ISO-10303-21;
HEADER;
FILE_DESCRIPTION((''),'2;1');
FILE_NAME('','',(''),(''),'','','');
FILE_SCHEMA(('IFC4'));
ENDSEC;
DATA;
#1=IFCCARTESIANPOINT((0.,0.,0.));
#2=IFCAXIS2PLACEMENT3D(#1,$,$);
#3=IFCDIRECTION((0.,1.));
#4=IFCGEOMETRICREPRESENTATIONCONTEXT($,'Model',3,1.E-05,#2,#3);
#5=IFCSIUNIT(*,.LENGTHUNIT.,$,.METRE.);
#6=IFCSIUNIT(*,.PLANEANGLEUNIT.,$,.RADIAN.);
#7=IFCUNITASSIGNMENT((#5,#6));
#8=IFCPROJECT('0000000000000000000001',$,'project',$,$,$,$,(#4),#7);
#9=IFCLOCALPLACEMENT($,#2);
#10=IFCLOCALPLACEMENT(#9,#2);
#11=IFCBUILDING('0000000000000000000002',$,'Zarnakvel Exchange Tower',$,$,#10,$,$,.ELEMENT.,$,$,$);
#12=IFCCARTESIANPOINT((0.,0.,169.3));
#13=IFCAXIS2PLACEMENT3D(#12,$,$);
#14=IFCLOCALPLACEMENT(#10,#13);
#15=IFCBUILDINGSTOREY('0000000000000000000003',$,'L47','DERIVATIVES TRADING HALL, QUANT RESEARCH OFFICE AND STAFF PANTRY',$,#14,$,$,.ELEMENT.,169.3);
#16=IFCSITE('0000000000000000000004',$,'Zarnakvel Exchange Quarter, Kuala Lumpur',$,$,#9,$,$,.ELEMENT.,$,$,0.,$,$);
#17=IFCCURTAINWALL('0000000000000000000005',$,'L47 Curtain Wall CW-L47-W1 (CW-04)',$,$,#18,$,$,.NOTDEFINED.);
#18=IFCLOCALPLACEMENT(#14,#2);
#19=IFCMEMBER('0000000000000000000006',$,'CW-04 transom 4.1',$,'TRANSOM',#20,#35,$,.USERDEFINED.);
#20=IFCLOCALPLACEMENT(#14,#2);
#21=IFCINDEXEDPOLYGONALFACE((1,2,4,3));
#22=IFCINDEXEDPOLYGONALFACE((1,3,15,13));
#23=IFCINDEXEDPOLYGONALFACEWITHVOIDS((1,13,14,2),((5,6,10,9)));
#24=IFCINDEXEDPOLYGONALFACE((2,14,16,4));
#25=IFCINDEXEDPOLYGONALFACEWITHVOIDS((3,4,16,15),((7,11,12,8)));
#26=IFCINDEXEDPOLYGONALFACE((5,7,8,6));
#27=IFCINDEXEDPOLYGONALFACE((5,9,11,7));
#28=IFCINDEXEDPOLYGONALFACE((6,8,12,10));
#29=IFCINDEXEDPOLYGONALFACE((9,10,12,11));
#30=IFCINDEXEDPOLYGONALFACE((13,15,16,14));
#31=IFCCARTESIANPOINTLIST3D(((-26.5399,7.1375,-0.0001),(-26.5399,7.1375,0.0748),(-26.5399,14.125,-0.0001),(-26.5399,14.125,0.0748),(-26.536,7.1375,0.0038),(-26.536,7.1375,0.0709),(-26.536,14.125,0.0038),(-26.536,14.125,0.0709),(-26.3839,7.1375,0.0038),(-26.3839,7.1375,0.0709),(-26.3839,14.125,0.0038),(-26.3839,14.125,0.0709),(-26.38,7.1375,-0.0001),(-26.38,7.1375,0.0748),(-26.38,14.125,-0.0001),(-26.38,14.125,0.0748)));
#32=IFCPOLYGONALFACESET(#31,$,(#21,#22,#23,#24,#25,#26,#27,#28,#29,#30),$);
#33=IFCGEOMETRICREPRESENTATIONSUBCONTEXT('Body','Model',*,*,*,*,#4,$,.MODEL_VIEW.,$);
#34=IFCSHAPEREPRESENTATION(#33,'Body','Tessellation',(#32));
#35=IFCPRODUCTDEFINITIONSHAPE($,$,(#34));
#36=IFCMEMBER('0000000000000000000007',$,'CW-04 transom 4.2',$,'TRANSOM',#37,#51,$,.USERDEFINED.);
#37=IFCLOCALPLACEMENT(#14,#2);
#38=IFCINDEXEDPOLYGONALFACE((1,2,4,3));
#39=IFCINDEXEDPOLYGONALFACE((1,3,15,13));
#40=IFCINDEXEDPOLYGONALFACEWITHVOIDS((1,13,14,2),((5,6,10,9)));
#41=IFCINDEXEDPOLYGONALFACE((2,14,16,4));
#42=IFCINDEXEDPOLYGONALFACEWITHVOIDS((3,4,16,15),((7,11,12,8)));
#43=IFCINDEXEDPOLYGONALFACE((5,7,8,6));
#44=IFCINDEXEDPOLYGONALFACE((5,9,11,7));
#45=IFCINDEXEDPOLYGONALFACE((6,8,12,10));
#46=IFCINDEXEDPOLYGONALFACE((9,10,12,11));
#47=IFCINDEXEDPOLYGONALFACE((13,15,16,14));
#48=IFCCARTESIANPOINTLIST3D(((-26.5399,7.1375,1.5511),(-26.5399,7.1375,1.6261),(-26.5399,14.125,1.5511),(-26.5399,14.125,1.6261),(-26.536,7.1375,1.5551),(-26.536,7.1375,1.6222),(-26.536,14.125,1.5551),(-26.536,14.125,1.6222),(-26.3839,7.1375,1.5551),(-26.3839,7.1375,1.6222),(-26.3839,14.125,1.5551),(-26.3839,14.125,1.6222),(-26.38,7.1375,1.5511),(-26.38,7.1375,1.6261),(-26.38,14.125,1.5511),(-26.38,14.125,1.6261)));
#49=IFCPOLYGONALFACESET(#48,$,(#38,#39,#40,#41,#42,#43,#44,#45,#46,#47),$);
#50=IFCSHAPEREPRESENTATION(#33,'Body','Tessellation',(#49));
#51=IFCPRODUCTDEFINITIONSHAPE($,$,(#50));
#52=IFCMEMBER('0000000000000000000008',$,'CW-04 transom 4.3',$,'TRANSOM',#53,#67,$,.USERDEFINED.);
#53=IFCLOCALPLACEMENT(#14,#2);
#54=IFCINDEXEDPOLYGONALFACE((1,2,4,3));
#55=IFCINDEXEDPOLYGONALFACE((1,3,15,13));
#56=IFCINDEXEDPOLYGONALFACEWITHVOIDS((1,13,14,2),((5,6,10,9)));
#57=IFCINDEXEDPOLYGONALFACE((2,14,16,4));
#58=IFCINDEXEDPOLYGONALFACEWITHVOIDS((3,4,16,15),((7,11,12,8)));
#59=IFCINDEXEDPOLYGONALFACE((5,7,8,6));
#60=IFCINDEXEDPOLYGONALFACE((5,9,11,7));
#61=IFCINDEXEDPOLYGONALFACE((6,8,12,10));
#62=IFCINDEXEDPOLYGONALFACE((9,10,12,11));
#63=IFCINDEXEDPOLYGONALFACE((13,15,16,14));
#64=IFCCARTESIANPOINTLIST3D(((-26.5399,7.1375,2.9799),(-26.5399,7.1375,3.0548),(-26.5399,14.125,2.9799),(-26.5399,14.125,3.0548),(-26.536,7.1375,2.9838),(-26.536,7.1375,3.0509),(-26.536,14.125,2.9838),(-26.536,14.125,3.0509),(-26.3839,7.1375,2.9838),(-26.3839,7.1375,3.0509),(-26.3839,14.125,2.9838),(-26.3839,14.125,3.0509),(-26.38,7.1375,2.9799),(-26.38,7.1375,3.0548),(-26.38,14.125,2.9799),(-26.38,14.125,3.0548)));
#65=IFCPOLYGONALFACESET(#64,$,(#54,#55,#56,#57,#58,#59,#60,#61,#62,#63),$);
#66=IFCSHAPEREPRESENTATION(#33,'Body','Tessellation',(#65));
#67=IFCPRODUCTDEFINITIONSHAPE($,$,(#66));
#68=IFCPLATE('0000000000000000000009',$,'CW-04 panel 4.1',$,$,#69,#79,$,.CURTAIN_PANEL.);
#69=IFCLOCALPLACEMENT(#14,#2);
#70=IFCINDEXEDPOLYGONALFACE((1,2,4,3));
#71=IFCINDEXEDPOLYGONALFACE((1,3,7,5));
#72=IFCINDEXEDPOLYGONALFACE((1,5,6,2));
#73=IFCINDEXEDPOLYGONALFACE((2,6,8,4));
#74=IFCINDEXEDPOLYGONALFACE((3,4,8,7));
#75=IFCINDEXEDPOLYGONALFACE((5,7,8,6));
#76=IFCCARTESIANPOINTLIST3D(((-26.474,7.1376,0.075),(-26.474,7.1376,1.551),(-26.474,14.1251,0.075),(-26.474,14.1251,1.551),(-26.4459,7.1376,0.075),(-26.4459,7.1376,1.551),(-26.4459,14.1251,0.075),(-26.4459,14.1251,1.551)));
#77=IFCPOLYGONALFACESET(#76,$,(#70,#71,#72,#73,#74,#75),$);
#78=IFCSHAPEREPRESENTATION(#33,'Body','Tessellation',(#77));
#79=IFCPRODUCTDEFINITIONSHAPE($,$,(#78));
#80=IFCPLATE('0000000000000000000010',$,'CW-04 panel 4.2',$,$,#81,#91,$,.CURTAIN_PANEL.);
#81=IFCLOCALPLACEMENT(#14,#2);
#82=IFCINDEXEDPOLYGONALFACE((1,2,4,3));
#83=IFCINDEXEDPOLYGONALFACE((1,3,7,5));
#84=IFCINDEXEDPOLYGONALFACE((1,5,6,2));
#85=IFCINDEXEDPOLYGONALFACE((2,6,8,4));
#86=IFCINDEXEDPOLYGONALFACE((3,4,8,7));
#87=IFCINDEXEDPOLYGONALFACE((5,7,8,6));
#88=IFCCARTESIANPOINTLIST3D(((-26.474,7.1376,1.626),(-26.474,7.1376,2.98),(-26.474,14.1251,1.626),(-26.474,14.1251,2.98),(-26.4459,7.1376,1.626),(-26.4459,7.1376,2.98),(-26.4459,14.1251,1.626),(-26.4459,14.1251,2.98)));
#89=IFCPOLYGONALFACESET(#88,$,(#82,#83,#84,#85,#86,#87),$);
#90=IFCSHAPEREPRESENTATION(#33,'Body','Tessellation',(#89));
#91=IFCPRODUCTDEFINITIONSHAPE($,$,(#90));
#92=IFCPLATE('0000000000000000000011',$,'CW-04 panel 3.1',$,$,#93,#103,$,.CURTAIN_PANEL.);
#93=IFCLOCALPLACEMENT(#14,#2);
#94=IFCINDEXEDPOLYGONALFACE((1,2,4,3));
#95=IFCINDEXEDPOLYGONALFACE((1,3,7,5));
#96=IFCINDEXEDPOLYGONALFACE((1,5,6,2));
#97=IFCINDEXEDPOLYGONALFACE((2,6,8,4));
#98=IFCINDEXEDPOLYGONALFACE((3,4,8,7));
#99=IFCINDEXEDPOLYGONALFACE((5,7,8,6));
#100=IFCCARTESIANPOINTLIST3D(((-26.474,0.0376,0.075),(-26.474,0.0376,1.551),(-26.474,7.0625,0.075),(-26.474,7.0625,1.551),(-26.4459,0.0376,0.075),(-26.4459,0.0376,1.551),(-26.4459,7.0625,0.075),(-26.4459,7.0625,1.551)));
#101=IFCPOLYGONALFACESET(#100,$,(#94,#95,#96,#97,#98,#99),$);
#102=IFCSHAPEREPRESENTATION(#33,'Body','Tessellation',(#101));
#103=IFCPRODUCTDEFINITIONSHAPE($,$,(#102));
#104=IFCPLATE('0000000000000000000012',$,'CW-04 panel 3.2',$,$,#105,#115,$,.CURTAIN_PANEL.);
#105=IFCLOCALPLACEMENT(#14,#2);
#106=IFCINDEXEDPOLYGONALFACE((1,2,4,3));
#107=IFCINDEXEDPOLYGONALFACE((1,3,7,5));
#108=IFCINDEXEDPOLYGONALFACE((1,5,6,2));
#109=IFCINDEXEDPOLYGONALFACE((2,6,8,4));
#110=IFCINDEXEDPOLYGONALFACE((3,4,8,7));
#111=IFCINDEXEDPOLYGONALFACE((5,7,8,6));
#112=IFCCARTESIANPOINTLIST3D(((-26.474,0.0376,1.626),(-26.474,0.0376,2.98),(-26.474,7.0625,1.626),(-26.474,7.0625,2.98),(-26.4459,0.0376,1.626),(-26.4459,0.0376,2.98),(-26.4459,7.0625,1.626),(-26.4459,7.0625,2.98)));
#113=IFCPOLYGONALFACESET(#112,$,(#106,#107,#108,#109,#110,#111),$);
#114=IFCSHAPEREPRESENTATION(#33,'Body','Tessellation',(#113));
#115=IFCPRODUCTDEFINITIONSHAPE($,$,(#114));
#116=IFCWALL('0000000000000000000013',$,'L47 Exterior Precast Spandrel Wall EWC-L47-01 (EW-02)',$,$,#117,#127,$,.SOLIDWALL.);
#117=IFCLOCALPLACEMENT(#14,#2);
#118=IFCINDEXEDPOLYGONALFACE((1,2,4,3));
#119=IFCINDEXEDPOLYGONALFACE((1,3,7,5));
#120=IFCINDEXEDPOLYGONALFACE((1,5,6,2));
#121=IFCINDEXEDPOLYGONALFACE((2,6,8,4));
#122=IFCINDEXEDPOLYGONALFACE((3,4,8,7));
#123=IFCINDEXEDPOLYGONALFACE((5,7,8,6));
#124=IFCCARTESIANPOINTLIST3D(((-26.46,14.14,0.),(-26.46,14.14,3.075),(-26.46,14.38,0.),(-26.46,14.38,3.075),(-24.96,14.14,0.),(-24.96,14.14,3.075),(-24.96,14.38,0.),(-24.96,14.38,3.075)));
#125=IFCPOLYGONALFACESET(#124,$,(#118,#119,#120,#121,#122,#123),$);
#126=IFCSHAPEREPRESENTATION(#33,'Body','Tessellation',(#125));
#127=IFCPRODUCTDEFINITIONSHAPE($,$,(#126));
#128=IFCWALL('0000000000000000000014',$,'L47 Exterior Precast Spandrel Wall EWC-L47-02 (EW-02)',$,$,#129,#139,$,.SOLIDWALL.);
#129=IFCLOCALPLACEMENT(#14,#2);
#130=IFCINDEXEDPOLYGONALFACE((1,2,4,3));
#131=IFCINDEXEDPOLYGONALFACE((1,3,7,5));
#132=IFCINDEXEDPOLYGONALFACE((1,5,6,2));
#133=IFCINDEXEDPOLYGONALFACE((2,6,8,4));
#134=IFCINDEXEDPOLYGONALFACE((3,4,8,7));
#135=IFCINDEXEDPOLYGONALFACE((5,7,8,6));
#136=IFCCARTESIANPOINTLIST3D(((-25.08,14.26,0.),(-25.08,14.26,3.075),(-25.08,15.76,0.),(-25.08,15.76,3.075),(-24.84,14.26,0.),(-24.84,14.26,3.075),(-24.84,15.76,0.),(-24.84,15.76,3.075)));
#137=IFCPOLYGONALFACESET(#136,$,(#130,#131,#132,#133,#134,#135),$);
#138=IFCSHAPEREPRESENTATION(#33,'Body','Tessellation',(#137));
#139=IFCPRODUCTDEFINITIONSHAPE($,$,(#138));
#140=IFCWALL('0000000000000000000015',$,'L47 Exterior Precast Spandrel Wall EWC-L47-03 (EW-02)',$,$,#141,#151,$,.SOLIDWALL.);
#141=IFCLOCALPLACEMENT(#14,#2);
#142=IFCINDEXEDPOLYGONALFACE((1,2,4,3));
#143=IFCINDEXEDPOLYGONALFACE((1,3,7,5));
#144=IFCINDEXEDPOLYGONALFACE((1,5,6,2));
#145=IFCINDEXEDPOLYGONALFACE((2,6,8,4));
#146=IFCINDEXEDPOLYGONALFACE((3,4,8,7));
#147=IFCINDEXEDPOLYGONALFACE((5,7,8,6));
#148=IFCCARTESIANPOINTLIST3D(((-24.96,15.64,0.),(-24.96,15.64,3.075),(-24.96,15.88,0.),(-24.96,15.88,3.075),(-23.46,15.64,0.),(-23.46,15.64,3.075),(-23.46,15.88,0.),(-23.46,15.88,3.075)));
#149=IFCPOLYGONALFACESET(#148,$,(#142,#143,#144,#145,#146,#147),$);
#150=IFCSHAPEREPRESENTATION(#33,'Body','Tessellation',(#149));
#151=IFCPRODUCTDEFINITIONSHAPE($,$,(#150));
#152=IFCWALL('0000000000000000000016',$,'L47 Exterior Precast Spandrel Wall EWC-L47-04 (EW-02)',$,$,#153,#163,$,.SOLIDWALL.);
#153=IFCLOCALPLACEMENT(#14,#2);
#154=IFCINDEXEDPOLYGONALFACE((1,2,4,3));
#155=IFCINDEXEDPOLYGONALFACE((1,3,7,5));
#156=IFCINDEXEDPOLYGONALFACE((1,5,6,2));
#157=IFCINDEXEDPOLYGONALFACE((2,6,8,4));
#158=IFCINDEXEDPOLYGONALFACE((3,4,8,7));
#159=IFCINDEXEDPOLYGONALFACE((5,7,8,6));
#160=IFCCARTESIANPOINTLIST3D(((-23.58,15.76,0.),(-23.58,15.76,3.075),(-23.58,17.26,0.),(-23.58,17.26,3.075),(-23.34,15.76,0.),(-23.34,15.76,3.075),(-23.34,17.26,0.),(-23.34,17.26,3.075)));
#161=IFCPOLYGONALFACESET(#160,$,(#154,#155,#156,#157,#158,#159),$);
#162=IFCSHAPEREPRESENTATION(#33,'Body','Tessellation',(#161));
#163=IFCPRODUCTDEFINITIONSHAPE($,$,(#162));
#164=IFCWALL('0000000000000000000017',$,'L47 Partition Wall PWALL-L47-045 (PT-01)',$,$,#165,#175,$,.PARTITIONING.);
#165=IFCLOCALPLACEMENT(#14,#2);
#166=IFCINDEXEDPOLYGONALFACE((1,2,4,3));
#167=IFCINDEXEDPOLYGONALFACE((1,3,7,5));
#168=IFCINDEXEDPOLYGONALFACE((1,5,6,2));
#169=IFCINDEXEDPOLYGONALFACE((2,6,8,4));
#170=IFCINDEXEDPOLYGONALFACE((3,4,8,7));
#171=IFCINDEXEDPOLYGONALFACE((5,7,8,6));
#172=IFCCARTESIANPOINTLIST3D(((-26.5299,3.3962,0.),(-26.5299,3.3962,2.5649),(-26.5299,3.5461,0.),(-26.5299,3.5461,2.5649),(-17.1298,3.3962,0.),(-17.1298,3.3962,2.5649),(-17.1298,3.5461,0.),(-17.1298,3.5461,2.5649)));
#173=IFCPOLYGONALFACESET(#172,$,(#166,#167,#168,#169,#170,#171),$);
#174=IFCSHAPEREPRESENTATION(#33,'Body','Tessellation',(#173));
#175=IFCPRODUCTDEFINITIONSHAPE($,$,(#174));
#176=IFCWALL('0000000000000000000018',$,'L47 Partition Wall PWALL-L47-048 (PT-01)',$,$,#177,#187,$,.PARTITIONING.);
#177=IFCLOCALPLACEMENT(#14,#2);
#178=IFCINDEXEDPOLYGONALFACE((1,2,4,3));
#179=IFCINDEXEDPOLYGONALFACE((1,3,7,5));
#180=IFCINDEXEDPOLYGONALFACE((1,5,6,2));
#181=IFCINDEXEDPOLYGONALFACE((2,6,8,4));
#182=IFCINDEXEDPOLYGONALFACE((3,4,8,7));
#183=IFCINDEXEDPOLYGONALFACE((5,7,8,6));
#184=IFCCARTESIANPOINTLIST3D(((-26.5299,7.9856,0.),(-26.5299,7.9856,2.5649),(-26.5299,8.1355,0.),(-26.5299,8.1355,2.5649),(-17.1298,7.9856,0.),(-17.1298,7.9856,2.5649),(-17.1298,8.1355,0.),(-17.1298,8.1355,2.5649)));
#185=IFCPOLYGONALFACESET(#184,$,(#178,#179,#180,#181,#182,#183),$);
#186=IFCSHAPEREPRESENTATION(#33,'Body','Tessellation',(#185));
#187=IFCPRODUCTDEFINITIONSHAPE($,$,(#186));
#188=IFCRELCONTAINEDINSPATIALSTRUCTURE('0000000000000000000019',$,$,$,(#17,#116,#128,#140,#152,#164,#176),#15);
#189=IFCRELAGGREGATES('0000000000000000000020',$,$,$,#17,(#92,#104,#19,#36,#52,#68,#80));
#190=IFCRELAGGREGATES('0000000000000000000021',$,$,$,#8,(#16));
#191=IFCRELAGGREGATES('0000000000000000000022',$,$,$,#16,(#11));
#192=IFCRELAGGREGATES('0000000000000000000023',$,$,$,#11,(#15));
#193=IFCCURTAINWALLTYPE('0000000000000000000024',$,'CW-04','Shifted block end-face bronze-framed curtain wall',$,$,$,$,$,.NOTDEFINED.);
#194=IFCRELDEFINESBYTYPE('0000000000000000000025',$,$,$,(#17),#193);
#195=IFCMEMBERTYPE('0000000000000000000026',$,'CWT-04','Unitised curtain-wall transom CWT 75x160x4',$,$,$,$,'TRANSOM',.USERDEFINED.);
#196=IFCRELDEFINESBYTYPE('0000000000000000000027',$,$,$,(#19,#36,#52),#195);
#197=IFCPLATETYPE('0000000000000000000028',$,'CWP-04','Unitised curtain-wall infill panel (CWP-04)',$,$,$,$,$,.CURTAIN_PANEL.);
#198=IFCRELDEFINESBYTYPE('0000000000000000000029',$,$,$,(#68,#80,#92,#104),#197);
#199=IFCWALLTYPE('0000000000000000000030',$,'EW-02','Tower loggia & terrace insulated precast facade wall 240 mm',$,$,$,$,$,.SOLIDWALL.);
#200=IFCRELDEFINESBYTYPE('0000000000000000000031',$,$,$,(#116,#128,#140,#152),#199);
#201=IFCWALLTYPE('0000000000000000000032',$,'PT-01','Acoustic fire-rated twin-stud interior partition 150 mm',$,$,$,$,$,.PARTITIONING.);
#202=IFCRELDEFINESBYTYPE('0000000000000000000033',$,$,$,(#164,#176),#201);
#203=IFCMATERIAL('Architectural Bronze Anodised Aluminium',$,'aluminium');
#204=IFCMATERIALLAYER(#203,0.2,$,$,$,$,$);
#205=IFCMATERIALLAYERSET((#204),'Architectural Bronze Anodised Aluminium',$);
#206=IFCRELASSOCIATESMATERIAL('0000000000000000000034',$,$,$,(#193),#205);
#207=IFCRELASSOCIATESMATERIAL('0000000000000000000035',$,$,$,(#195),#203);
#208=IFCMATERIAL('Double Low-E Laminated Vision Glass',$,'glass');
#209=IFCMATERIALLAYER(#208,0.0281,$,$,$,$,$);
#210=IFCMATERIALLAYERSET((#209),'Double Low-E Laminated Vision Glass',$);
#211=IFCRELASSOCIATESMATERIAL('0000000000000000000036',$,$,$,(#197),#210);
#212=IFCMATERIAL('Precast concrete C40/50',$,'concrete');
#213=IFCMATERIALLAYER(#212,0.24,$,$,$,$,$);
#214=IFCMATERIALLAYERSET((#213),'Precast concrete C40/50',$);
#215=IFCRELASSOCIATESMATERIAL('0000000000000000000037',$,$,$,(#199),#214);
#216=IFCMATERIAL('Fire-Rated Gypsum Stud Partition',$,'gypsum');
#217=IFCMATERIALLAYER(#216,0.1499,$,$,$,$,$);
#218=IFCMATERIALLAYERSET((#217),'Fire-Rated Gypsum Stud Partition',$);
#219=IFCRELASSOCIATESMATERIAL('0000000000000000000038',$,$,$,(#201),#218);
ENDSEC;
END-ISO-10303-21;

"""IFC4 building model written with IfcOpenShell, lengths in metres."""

from ifc_helpers import new_model, si_unit, direction, frame, frame_2d, origin, origin_2d, place, context, subcontext, project, spatial, rectangle, hollow_rectangle, extrude, source, transform, mapped, material, layer, layer_set, material_profile, profile_set, type_object, element, aggregate, save


model = new_model("IFC4")

# Units and contexts
model_context = context("Model", 3, precision=1e-05, world=origin(), true_north=direction((0.0, 1.0)))
body_context = subcontext(model_context, "Body", "Model", "MODEL_VIEW")
ifc_project = project(units=[si_unit("LENGTHUNIT", "METRE"), si_unit("PLANEANGLEUNIT", "RADIAN")], contexts=[model_context])

# Site, building, storey
site_placement = place(None, origin())
site = spatial("IfcSite", under=ifc_project, at=site_placement, Name="Zarnakvel Exchange Quarter, Kuala Lumpur", CompositionType="ELEMENT", RefElevation=0.0)
building_placement = place(site_placement, origin())
building = spatial("IfcBuilding", under=site, at=building_placement, Name="Zarnakvel Exchange Tower", CompositionType="ELEMENT")
storey_placement = place(building_placement, frame((0.0, 0.0, 169.3)))
storey = spatial("IfcBuildingStorey", under=building, at=storey_placement, Name="L47", Description="DERIVATIVES TRADING HALL, QUANT RESEARCH OFFICE AND STAFF PANTRY", CompositionType="ELEMENT", Elevation=169.3)

# Curtain wall
ifc_material_1 = material(Name="Architectural Bronze Anodised Aluminium", Category="aluminium")
ifc_layer_1 = layer(ifc_material_1, 0.2)
ifc_layer_set_1 = layer_set([ifc_layer_1], Name="Architectural Bronze Anodised Aluminium")
curtain_wall_type_1 = type_object("IfcCurtainWallType", Name="CW-04", Description="Shifted block end-face bronze-framed curtain wall", PredefinedType="NOTDEFINED", material=ifc_layer_set_1)
curtain_wall_1_placement = place(storey_placement, origin())
curtain_wall_1 = element("IfcCurtainWall", 1, at=curtain_wall_1_placement, inside=storey, type_object=curtain_wall_type_1, Name="L47 Curtain Wall CW-L47-W1 (CW-04)", PredefinedType="NOTDEFINED")

# Members
ifc_material_profile_1 = material_profile(ifc_material_1, hollow_rectangle(XDim=0.1599, YDim=0.075, WallThickness=0.0039, at=origin_2d()))
ifc_profile_set_1 = profile_set([ifc_material_profile_1], Name="Architectural Bronze Anodised Aluminium")
member_type_1 = type_object("IfcMemberType", Name="CWT-04", Description="Unitised curtain-wall transom CWT 75x160x4", ElementType="TRANSOM", PredefinedType="USERDEFINED", material=ifc_profile_set_1)
shared_shape_1 = source(origin(), body_context, "Body", "SweptSolid", [
    extrude(hollow_rectangle(XDim=0.1599, YDim=0.075, WallThickness=0.0039, at=origin_2d()), origin(), (0.0, 0.0, 1.0), 6.9875),
])
member_1_placement = place(storey_placement, frame((-26.46, 7.1375, 0.0374), z_axis=(0.0, 1.0, 0.0), x_axis=(-1.0, 0.0, 0.0)))
member_1 = element("IfcMember", 2, at=member_1_placement, type_object=member_type_1, Name="CW-04 transom 4.1", ObjectType="TRANSOM", PredefinedType="USERDEFINED", context=body_context, shape_type="MappedRepresentation", body=[
    mapped(shared_shape_1, transform((0.0, 0.0, 0.0), x_axis=(1.0, 0.0, 0.0), y_axis=(0.0, 1.0, 0.0), z_axis=(0.0, 0.0, 1.0), scale=1.0)),
])
member_2_placement = place(storey_placement, frame((-26.46, 7.1375, 1.5886), z_axis=(0.0, 1.0, 0.0), x_axis=(-1.0, 0.0, 0.0)))
member_2 = element("IfcMember", 3, at=member_2_placement, type_object=member_type_1, Name="CW-04 transom 4.2", ObjectType="TRANSOM", PredefinedType="USERDEFINED", context=body_context, shape_type="MappedRepresentation", body=[
    mapped(shared_shape_1, transform((0.0, 0.0, 0.0), x_axis=(1.0, 0.0, 0.0), y_axis=(0.0, 1.0, 0.0), z_axis=(0.0, 0.0, 1.0), scale=1.0)),
])
member_3_placement = place(storey_placement, frame((-26.46, 7.1375, 3.0173), z_axis=(0.0, 1.0, 0.0), x_axis=(-1.0, 0.0, 0.0)))
member_3 = element("IfcMember", 4, at=member_3_placement, type_object=member_type_1, Name="CW-04 transom 4.3", ObjectType="TRANSOM", PredefinedType="USERDEFINED", context=body_context, shape_type="MappedRepresentation", body=[
    mapped(shared_shape_1, transform((0.0, 0.0, 0.0), x_axis=(1.0, 0.0, 0.0), y_axis=(0.0, 1.0, 0.0), z_axis=(0.0, 0.0, 1.0), scale=1.0)),
])

# Plates
ifc_material_2 = material(Name="Double Low-E Laminated Vision Glass", Category="glass")
ifc_layer_2 = layer(ifc_material_2, 0.0281)
ifc_layer_set_2 = layer_set([ifc_layer_2], Name="Double Low-E Laminated Vision Glass")
plate_type = type_object("IfcPlateType", Name="CWP-04", Description="Unitised curtain-wall infill panel (CWP-04)", PredefinedType="CURTAIN_PANEL", material=ifc_layer_set_2)
shared_shape_2 = source(origin(), body_context, "Body", "SweptSolid", [
    extrude(rectangle(XDim=6.9875, YDim=0.0281, at=origin_2d()), origin(), (0.0, 0.0, 1.0), 1.4761),
])
plate_1_placement = place(storey_placement, frame((-26.46, 10.6313, 0.075), z_axis=(0.0, 0.0, 1.0), x_axis=(0.0, 1.0, 0.0)))
plate_1 = element("IfcPlate", 5, at=plate_1_placement, type_object=plate_type, Name="CW-04 panel 4.1", PredefinedType="CURTAIN_PANEL", context=body_context, shape_type="MappedRepresentation", body=[
    mapped(shared_shape_2, transform((0.0, 0.0, 0.0), x_axis=(1.0, 0.0, 0.0), y_axis=(0.0, 1.0, 0.0), z_axis=(0.0, 0.0, 1.0), scale=1.0)),
])
shared_shape_3 = source(origin(), body_context, "Body", "SweptSolid", [
    extrude(rectangle(XDim=6.9875, YDim=0.0281, at=origin_2d()), origin(), (0.0, 0.0, 1.0), 1.354),
])
plate_2_placement = place(storey_placement, frame((-26.46, 10.6313, 1.626), z_axis=(0.0, 0.0, 1.0), x_axis=(0.0, 1.0, 0.0)))
plate_2 = element("IfcPlate", 6, at=plate_2_placement, type_object=plate_type, Name="CW-04 panel 4.2", PredefinedType="CURTAIN_PANEL", context=body_context, shape_type="MappedRepresentation", body=[
    mapped(shared_shape_3, transform((0.0, 0.0, 0.0), x_axis=(1.0, 0.0, 0.0), y_axis=(0.0, 1.0, 0.0), z_axis=(0.0, 0.0, 1.0), scale=1.0)),
])
shared_shape_4 = source(origin(), body_context, "Body", "SweptSolid", [
    extrude(rectangle(XDim=7.0249, YDim=0.0281, at=origin_2d()), origin(), (0.0, 0.0, 1.0), 1.4761),
])
plate_3_placement = place(storey_placement, frame((-26.46, 3.55, 0.075), z_axis=(0.0, 0.0, 1.0), x_axis=(0.0, 1.0, 0.0)))
plate_3 = element("IfcPlate", 7, at=plate_3_placement, type_object=plate_type, Name="CW-04 panel 3.1", PredefinedType="CURTAIN_PANEL", context=body_context, shape_type="MappedRepresentation", body=[
    mapped(shared_shape_4, transform((0.0, 0.0, 0.0), x_axis=(1.0, 0.0, 0.0), y_axis=(0.0, 1.0, 0.0), z_axis=(0.0, 0.0, 1.0), scale=1.0)),
])
shared_shape_5 = source(origin(), body_context, "Body", "SweptSolid", [
    extrude(rectangle(XDim=7.0249, YDim=0.0281, at=origin_2d()), origin(), (0.0, 0.0, 1.0), 1.354),
])
plate_4_placement = place(storey_placement, frame((-26.46, 3.55, 1.626), z_axis=(0.0, 0.0, 1.0), x_axis=(0.0, 1.0, 0.0)))
plate_4 = element("IfcPlate", 8, at=plate_4_placement, type_object=plate_type, Name="CW-04 panel 3.2", PredefinedType="CURTAIN_PANEL", context=body_context, shape_type="MappedRepresentation", body=[
    mapped(shared_shape_5, transform((0.0, 0.0, 0.0), x_axis=(1.0, 0.0, 0.0), y_axis=(0.0, 1.0, 0.0), z_axis=(0.0, 0.0, 1.0), scale=1.0)),
])
aggregate(curtain_wall_1, [plate_3, plate_4, member_1, member_2, member_3, plate_1, plate_2])

# Walls
ifc_material_3 = material(Name="Precast concrete C40/50", Category="concrete")
ifc_layer_3 = layer(ifc_material_3, 0.24)
ifc_layer_set_3 = layer_set([ifc_layer_3], Name="Precast concrete C40/50")
wall_type_1 = type_object("IfcWallType", Name="EW-02", Description="Tower loggia & terrace insulated precast facade wall 240 mm", PredefinedType="SOLIDWALL", material=ifc_layer_set_3)
for number, where, z_axis, x_axis, name in (
    (9, (-24.96, 14.26, 0.0), (0.0, 0.0, 1.0), (-1.0, 0.0, 0.0), "L47 Exterior Precast Spandrel Wall EWC-L47-01 (EW-02)"),
    (10, (-24.96, 15.76, 0.0), (0.0, 0.0, 1.0), (0.0, -1.0, 0.0), "L47 Exterior Precast Spandrel Wall EWC-L47-02 (EW-02)"),
    (11, (-23.46, 15.76, 0.0), (0.0, 0.0, 1.0), (-1.0, 0.0, 0.0), "L47 Exterior Precast Spandrel Wall EWC-L47-03 (EW-02)"),
    (12, (-23.46, 17.26, 0.0), (0.0, 0.0, 1.0), (0.0, -1.0, 0.0), "L47 Exterior Precast Spandrel Wall EWC-L47-04 (EW-02)"),
):
    element("IfcWall", number, at=place(storey_placement, frame(where, z_axis=z_axis, x_axis=x_axis)), inside=storey, type_object=wall_type_1, Name=name, PredefinedType="SOLIDWALL", context=body_context, shape_type="SweptSolid", body=[
        extrude(rectangle(XDim=1.5, YDim=0.24, at=frame_2d((0.75, 0.0))), origin(), (0.0, 0.0, 1.0), 3.075),
    ])
ifc_material_4 = material(Name="Fire-Rated Gypsum Stud Partition", Category="gypsum")
ifc_layer_4 = layer(ifc_material_4, 0.1499)
ifc_layer_set_4 = layer_set([ifc_layer_4], Name="Fire-Rated Gypsum Stud Partition")
wall_type_2 = type_object("IfcWallType", Name="PT-01", Description="Acoustic fire-rated twin-stud interior partition 150 mm", PredefinedType="PARTITIONING", material=ifc_layer_set_4)
for number, where, z_axis, x_axis, name in (
    (13, (-26.53, 3.4712, 0.0), (0.0, 0.0, 1.0), (1.0, 0.0, 0.0), "L47 Partition Wall PWALL-L47-045 (PT-01)"),
    (14, (-26.53, 8.0605, 0.0), (0.0, 0.0, 1.0), (1.0, 0.0, 0.0), "L47 Partition Wall PWALL-L47-048 (PT-01)"),
):
    element("IfcWall", number, at=place(storey_placement, frame(where, z_axis=z_axis, x_axis=x_axis)), inside=storey, type_object=wall_type_2, Name=name, PredefinedType="PARTITIONING", context=body_context, shape_type="SweptSolid", body=[
        extrude(rectangle(XDim=9.4001, YDim=0.1499, at=frame_2d((4.7002, 0.0))), origin(), (0.0, 0.0, 1.0), 2.5649),
    ])

save(model, "model.ifc")
